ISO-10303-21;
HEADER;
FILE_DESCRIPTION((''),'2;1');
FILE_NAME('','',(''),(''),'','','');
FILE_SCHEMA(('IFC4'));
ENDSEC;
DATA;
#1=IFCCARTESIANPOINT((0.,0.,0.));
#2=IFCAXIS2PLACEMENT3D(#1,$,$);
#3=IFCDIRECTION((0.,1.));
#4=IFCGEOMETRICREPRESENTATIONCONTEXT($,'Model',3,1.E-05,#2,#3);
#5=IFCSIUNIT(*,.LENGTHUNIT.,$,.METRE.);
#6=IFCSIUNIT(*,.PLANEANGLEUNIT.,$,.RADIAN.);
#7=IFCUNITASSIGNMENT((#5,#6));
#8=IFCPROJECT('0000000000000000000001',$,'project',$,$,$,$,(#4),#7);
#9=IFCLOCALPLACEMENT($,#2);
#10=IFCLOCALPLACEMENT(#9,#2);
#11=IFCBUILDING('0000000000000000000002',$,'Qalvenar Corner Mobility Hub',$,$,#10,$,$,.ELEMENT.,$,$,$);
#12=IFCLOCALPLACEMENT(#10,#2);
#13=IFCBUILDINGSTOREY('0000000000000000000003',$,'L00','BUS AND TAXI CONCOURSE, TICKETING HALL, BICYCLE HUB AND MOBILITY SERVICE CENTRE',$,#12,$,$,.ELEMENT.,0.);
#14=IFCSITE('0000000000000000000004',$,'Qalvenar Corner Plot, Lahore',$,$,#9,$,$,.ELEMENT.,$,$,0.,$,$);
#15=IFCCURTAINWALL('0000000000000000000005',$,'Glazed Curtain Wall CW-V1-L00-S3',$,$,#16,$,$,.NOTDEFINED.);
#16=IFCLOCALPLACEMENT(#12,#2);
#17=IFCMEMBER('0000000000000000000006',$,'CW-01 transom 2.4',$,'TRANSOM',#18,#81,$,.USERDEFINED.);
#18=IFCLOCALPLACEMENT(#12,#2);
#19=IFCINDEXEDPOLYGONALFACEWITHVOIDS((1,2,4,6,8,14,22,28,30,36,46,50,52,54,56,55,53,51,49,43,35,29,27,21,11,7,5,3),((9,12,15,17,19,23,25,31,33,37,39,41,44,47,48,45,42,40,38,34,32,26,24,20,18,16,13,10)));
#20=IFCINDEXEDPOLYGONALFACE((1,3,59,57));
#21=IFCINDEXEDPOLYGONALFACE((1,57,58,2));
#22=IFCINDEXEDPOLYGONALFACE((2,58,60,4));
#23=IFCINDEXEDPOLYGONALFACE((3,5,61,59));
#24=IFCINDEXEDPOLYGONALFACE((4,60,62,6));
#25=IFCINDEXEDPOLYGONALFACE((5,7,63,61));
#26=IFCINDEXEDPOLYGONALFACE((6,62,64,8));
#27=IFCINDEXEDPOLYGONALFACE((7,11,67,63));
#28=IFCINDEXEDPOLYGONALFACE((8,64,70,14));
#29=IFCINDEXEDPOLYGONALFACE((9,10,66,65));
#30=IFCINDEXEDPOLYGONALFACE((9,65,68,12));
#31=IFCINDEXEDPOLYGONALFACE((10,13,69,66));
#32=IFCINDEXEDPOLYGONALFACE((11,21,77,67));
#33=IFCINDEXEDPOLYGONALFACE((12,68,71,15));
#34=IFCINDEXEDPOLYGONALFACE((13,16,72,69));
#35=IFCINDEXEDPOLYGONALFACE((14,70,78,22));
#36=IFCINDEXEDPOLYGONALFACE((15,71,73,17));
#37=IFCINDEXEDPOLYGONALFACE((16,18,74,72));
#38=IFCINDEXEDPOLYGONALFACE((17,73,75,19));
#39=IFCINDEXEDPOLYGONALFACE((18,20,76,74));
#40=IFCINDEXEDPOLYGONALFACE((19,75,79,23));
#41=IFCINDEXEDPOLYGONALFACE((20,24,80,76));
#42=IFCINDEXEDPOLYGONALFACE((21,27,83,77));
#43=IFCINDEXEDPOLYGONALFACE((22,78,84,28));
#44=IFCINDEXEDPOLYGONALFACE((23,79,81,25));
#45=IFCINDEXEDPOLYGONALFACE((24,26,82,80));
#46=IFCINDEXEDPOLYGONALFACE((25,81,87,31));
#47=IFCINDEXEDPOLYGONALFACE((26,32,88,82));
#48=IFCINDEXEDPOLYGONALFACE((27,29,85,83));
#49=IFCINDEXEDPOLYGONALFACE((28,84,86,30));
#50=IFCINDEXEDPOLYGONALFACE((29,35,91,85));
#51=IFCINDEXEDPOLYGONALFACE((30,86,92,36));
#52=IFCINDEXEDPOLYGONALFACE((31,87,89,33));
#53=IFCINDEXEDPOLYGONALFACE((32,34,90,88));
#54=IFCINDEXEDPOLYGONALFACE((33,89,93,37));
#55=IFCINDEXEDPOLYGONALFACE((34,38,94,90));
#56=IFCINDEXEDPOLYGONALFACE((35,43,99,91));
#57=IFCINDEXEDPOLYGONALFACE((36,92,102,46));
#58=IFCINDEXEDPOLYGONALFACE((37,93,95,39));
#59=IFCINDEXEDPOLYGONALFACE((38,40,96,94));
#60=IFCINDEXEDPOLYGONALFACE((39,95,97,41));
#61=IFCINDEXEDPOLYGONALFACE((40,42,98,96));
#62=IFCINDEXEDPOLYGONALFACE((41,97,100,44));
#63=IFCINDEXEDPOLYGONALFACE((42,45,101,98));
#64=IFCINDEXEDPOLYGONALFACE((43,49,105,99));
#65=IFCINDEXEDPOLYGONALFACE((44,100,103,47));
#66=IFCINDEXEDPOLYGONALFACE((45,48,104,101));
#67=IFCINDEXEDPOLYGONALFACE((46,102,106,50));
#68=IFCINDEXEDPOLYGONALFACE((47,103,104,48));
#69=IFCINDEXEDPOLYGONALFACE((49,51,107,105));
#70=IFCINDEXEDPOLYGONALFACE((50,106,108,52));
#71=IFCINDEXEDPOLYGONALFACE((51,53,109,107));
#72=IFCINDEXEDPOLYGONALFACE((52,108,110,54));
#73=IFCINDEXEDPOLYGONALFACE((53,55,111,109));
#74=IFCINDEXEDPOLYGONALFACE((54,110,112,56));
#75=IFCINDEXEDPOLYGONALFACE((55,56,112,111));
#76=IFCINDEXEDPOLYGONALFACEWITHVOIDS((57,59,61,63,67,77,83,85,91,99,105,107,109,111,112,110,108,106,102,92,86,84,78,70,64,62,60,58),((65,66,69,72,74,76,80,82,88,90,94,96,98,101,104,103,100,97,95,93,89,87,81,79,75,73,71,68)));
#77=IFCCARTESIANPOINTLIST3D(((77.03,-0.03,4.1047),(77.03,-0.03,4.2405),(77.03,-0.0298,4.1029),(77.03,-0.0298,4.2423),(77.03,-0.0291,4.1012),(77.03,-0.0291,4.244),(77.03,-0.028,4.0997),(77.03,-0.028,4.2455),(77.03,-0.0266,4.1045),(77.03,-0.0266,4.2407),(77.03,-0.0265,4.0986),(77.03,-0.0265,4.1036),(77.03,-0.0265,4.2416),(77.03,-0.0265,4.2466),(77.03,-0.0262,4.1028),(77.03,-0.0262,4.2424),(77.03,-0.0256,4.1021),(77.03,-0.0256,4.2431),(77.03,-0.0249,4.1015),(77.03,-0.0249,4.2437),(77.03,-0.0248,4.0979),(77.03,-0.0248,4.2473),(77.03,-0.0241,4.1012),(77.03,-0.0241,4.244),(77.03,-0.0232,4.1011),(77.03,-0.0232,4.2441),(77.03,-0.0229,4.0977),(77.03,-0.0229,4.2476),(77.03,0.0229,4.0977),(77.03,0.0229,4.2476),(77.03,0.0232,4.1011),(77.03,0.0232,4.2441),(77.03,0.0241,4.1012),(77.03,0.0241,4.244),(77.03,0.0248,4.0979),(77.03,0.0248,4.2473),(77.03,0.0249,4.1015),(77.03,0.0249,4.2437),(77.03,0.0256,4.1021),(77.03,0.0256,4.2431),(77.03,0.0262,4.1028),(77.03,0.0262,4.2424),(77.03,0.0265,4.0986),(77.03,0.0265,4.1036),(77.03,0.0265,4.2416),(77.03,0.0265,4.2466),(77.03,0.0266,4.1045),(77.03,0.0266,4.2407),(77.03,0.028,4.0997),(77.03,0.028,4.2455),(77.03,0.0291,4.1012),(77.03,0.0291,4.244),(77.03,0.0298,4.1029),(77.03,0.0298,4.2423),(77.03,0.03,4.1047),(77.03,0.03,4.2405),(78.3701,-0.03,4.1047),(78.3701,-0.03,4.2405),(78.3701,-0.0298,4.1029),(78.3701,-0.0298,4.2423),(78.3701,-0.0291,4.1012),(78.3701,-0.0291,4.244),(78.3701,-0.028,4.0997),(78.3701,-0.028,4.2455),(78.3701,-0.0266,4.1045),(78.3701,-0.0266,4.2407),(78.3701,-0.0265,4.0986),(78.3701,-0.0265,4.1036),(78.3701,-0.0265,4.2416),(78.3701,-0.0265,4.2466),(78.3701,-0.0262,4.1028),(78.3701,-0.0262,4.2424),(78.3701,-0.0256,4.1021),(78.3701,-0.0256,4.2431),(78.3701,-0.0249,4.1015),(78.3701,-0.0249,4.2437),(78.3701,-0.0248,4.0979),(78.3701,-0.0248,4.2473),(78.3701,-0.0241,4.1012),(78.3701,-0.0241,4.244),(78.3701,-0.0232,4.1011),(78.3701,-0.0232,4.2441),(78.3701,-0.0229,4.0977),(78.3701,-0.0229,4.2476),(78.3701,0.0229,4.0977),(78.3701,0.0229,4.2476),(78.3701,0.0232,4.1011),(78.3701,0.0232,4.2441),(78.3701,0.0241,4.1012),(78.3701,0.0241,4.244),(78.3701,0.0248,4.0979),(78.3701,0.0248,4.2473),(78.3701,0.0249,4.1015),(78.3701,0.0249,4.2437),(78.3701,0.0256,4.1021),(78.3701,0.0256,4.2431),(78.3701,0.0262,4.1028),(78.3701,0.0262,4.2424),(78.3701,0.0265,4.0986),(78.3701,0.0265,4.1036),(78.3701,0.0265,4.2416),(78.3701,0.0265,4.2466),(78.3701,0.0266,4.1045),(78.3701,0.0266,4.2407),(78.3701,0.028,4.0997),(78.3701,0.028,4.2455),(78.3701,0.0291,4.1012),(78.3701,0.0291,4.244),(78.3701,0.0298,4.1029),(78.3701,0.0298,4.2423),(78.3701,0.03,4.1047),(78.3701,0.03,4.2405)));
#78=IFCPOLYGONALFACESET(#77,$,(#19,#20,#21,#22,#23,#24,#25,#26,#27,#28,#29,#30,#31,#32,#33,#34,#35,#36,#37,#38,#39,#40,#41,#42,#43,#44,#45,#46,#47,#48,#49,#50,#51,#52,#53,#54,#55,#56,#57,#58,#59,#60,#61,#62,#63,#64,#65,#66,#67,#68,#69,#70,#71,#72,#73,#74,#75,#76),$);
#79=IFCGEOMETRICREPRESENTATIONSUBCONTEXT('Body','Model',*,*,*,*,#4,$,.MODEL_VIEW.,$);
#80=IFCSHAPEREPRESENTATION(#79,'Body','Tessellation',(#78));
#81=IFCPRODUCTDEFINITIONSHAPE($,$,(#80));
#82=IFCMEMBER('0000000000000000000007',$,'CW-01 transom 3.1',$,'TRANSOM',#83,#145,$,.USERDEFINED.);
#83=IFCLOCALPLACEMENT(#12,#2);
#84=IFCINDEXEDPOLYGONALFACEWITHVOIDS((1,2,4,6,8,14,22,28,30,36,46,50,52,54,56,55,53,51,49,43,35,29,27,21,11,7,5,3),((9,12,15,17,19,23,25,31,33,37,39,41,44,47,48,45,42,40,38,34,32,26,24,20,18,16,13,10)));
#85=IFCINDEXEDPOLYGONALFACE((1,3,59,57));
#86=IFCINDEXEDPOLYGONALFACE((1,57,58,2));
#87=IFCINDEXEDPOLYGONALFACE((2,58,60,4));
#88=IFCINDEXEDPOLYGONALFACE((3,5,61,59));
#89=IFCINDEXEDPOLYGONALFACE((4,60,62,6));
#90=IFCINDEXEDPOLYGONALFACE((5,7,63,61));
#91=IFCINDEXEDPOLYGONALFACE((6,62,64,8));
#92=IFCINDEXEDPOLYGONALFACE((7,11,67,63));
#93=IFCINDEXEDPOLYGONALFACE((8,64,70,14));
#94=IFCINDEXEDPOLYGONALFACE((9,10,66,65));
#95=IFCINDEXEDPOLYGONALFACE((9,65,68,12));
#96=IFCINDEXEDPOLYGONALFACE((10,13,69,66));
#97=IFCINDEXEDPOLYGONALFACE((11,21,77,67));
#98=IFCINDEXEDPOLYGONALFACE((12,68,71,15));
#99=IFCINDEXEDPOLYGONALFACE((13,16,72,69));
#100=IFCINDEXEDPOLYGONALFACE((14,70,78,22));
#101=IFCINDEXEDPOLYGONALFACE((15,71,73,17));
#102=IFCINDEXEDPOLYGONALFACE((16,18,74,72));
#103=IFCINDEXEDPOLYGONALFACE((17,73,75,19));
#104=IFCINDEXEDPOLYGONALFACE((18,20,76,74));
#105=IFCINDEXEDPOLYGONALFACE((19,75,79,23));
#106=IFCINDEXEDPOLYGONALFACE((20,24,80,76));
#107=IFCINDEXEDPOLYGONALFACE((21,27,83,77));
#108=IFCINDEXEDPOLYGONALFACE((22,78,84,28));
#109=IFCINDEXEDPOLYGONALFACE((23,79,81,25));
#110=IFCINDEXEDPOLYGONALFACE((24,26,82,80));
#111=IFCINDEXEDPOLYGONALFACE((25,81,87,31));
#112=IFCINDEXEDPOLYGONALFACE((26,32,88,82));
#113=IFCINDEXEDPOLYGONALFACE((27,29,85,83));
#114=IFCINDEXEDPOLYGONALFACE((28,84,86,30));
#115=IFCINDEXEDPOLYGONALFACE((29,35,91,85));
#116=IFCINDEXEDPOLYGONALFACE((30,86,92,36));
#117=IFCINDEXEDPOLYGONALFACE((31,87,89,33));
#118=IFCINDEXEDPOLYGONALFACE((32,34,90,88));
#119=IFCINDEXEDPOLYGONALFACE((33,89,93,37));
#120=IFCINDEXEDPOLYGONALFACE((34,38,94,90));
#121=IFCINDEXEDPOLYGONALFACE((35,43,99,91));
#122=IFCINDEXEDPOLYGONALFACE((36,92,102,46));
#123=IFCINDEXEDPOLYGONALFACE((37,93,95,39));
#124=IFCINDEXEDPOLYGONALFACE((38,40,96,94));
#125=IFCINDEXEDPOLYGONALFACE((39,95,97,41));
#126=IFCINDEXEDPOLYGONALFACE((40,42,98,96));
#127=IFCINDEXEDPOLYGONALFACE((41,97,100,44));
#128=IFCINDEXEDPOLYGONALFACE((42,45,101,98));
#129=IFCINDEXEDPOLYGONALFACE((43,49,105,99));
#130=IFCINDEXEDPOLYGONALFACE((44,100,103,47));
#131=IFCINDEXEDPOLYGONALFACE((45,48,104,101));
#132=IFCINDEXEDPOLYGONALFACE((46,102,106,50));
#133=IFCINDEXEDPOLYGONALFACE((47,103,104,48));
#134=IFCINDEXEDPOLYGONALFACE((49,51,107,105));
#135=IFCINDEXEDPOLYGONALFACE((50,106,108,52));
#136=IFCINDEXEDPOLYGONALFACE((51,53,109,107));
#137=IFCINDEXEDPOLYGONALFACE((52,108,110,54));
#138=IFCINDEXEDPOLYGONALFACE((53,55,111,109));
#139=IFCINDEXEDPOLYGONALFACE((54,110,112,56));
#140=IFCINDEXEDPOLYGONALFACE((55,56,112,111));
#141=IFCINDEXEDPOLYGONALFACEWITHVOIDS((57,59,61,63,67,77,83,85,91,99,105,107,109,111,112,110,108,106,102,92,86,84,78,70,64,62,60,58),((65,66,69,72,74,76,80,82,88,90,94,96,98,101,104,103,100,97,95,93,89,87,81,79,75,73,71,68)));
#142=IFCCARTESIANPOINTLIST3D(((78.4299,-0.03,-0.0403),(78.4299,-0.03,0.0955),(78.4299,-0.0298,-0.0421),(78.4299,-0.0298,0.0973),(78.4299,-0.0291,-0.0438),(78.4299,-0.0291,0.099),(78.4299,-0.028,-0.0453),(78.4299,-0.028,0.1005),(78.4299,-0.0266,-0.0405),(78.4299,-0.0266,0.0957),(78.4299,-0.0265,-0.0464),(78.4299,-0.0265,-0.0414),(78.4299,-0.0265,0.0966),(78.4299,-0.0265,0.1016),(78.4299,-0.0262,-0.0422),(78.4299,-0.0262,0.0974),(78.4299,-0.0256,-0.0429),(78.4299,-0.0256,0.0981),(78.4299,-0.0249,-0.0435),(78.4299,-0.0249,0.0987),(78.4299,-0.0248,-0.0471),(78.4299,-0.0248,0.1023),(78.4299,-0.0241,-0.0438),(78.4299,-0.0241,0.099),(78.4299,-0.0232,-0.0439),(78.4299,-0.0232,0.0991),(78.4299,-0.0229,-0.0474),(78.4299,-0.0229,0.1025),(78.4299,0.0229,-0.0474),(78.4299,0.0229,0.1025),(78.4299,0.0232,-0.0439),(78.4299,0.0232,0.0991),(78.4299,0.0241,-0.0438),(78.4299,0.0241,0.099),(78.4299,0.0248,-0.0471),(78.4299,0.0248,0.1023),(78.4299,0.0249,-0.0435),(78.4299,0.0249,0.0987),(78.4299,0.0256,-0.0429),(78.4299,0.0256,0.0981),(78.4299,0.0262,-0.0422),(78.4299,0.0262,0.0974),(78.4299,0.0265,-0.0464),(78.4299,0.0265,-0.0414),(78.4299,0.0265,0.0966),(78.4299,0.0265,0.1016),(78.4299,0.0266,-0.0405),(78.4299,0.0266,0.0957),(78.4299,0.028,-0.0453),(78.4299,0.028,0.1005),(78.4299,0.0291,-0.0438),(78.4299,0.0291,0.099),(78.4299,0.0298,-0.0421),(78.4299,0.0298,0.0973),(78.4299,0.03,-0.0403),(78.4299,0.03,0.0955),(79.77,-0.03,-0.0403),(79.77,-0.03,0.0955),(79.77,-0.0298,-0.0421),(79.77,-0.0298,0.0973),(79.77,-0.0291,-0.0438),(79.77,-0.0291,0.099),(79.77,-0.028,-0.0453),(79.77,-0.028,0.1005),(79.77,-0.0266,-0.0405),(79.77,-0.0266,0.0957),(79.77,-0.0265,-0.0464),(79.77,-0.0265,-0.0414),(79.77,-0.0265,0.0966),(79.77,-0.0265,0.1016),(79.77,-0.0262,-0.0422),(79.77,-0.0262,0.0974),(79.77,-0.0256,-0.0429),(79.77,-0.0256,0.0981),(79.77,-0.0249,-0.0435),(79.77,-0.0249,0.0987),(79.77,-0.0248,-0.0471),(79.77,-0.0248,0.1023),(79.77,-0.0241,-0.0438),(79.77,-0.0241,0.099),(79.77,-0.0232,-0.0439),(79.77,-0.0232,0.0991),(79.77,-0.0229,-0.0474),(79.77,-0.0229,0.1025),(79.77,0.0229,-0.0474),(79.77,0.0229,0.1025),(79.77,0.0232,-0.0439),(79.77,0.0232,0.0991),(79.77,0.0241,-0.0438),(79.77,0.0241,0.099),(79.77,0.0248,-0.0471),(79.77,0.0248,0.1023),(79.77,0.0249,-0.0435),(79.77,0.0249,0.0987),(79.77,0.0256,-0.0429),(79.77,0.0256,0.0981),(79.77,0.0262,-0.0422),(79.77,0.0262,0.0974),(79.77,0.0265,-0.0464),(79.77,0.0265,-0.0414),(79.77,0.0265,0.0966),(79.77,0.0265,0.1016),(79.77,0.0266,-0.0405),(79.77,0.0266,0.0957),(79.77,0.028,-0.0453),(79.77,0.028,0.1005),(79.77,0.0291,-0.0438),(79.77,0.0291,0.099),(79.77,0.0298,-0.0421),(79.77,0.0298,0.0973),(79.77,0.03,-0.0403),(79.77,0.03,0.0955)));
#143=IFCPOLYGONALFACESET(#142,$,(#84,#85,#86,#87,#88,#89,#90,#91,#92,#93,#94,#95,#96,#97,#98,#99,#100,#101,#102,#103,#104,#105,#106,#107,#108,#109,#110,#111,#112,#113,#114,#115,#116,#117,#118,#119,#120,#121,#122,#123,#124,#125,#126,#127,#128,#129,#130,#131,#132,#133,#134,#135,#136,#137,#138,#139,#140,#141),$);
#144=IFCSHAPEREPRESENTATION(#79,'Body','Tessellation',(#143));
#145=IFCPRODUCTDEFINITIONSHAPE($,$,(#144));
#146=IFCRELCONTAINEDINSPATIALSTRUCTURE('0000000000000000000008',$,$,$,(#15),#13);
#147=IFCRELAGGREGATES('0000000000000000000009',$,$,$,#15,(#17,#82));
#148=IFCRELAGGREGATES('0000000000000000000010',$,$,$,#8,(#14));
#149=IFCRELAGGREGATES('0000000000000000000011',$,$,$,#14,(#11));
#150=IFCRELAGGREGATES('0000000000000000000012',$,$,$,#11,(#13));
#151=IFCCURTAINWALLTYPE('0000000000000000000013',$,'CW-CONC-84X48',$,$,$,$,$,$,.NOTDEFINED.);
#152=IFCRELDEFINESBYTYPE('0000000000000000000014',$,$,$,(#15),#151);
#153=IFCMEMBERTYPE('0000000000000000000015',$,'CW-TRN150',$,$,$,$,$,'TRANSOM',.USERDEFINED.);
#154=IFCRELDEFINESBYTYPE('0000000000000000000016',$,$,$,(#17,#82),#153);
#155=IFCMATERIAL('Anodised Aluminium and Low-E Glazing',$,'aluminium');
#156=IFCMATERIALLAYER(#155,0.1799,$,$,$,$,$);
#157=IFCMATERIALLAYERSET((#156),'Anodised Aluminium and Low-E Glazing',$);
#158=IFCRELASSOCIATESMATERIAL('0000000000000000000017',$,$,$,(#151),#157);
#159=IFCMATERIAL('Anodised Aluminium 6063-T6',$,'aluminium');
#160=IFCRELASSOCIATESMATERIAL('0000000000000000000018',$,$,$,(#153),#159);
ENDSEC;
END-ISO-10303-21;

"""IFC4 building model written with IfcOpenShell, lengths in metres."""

from ifc_helpers import new_model, si_unit, direction, frame, origin, origin_2d, place, context, subcontext, project, spatial, hollow_rectangle, extrude, material, layer, layer_set, material_profile, profile_set, type_object, element, aggregate, save


model = new_model("IFC4")

# Units and contexts
model_context = context("Model", 3, precision=1e-05, world=origin(), true_north=direction((0.0, 1.0)))
body_context = subcontext(model_context, "Body", "Model", "MODEL_VIEW")
ifc_project = project(units=[si_unit("LENGTHUNIT", "METRE"), si_unit("PLANEANGLEUNIT", "RADIAN")], contexts=[model_context])

# Site, building, storey
site_placement = place(None, origin())
site = spatial("IfcSite", under=ifc_project, at=site_placement, Name="Qalvenar Corner Plot, Lahore", CompositionType="ELEMENT", RefElevation=0.0)
building_placement = place(site_placement, origin())
building = spatial("IfcBuilding", under=site, at=building_placement, Name="Qalvenar Corner Mobility Hub", CompositionType="ELEMENT")
storey_placement = place(building_placement, origin())
storey = spatial("IfcBuildingStorey", under=building, at=storey_placement, Name="L00", Description="BUS AND TAXI CONCOURSE, TICKETING HALL, BICYCLE HUB AND MOBILITY SERVICE CENTRE", CompositionType="ELEMENT", Elevation=0.0)

# Curtain wall, members
ifc_material_1 = material(Name="Anodised Aluminium and Low-E Glazing", Category="aluminium")
ifc_layer_1 = layer(ifc_material_1, 0.1799)
ifc_layer_set_1 = layer_set([ifc_layer_1], Name="Anodised Aluminium and Low-E Glazing")
curtain_wall_type = type_object("IfcCurtainWallType", Name="CW-CONC-84X48", PredefinedType="NOTDEFINED", material=ifc_layer_set_1)
curtain_wall_placement = place(storey_placement, origin())
curtain_wall = element("IfcCurtainWall", 1, at=curtain_wall_placement, inside=storey, type_object=curtain_wall_type, Name="Glazed Curtain Wall CW-V1-L00-S3", PredefinedType="NOTDEFINED")
ifc_material_2 = material(Name="Anodised Aluminium 6063-T6", Category="aluminium")
ifc_material_profile_1 = material_profile(ifc_material_2, hollow_rectangle(XDim=0.0601, YDim=0.1499, WallThickness=0.0034, InnerFilletRadius=0.0034, OuterFilletRadius=0.0071, at=origin_2d()), Name="RHS150x60x3.5")
ifc_profile_set_1 = profile_set([ifc_material_profile_1], Name="Anodised Aluminium 6063-T6")
member_type_1 = type_object("IfcMemberType", Name="CW-TRN150", ElementType="TRANSOM", PredefinedType="USERDEFINED", material=ifc_profile_set_1)
member_1_placement = place(storey_placement, frame((77.03, 0.0, 4.1726), z_axis=(1.0, 0.0, 0.0), x_axis=(0.0, 1.0, 0.0)))
member_1 = element("IfcMember", 2, at=member_1_placement, type_object=member_type_1, Name="CW-01 transom 2.4", ObjectType="TRANSOM", PredefinedType="USERDEFINED", context=body_context, shape_type="SweptSolid", body=[
    extrude(hollow_rectangle(XDim=0.0601, YDim=0.1499, WallThickness=0.0034, InnerFilletRadius=0.0034, OuterFilletRadius=0.0071, at=origin_2d()), origin(), (0.0, 0.0, 1.0), 1.3401),
])
member_2_placement = place(storey_placement, frame((78.4299, 0.0, 0.0276), z_axis=(1.0, 0.0, 0.0), x_axis=(0.0, 1.0, 0.0)))
member_2 = element("IfcMember", 3, at=member_2_placement, type_object=member_type_1, Name="CW-01 transom 3.1", ObjectType="TRANSOM", PredefinedType="USERDEFINED", context=body_context, shape_type="SweptSolid", body=[
    extrude(hollow_rectangle(XDim=0.0601, YDim=0.1499, WallThickness=0.0034, InnerFilletRadius=0.0034, OuterFilletRadius=0.0071, at=origin_2d()), origin(), (0.0, 0.0, 1.0), 1.3401),
])
aggregate(curtain_wall, [member_1, member_2])

save(model, "model.ifc")
